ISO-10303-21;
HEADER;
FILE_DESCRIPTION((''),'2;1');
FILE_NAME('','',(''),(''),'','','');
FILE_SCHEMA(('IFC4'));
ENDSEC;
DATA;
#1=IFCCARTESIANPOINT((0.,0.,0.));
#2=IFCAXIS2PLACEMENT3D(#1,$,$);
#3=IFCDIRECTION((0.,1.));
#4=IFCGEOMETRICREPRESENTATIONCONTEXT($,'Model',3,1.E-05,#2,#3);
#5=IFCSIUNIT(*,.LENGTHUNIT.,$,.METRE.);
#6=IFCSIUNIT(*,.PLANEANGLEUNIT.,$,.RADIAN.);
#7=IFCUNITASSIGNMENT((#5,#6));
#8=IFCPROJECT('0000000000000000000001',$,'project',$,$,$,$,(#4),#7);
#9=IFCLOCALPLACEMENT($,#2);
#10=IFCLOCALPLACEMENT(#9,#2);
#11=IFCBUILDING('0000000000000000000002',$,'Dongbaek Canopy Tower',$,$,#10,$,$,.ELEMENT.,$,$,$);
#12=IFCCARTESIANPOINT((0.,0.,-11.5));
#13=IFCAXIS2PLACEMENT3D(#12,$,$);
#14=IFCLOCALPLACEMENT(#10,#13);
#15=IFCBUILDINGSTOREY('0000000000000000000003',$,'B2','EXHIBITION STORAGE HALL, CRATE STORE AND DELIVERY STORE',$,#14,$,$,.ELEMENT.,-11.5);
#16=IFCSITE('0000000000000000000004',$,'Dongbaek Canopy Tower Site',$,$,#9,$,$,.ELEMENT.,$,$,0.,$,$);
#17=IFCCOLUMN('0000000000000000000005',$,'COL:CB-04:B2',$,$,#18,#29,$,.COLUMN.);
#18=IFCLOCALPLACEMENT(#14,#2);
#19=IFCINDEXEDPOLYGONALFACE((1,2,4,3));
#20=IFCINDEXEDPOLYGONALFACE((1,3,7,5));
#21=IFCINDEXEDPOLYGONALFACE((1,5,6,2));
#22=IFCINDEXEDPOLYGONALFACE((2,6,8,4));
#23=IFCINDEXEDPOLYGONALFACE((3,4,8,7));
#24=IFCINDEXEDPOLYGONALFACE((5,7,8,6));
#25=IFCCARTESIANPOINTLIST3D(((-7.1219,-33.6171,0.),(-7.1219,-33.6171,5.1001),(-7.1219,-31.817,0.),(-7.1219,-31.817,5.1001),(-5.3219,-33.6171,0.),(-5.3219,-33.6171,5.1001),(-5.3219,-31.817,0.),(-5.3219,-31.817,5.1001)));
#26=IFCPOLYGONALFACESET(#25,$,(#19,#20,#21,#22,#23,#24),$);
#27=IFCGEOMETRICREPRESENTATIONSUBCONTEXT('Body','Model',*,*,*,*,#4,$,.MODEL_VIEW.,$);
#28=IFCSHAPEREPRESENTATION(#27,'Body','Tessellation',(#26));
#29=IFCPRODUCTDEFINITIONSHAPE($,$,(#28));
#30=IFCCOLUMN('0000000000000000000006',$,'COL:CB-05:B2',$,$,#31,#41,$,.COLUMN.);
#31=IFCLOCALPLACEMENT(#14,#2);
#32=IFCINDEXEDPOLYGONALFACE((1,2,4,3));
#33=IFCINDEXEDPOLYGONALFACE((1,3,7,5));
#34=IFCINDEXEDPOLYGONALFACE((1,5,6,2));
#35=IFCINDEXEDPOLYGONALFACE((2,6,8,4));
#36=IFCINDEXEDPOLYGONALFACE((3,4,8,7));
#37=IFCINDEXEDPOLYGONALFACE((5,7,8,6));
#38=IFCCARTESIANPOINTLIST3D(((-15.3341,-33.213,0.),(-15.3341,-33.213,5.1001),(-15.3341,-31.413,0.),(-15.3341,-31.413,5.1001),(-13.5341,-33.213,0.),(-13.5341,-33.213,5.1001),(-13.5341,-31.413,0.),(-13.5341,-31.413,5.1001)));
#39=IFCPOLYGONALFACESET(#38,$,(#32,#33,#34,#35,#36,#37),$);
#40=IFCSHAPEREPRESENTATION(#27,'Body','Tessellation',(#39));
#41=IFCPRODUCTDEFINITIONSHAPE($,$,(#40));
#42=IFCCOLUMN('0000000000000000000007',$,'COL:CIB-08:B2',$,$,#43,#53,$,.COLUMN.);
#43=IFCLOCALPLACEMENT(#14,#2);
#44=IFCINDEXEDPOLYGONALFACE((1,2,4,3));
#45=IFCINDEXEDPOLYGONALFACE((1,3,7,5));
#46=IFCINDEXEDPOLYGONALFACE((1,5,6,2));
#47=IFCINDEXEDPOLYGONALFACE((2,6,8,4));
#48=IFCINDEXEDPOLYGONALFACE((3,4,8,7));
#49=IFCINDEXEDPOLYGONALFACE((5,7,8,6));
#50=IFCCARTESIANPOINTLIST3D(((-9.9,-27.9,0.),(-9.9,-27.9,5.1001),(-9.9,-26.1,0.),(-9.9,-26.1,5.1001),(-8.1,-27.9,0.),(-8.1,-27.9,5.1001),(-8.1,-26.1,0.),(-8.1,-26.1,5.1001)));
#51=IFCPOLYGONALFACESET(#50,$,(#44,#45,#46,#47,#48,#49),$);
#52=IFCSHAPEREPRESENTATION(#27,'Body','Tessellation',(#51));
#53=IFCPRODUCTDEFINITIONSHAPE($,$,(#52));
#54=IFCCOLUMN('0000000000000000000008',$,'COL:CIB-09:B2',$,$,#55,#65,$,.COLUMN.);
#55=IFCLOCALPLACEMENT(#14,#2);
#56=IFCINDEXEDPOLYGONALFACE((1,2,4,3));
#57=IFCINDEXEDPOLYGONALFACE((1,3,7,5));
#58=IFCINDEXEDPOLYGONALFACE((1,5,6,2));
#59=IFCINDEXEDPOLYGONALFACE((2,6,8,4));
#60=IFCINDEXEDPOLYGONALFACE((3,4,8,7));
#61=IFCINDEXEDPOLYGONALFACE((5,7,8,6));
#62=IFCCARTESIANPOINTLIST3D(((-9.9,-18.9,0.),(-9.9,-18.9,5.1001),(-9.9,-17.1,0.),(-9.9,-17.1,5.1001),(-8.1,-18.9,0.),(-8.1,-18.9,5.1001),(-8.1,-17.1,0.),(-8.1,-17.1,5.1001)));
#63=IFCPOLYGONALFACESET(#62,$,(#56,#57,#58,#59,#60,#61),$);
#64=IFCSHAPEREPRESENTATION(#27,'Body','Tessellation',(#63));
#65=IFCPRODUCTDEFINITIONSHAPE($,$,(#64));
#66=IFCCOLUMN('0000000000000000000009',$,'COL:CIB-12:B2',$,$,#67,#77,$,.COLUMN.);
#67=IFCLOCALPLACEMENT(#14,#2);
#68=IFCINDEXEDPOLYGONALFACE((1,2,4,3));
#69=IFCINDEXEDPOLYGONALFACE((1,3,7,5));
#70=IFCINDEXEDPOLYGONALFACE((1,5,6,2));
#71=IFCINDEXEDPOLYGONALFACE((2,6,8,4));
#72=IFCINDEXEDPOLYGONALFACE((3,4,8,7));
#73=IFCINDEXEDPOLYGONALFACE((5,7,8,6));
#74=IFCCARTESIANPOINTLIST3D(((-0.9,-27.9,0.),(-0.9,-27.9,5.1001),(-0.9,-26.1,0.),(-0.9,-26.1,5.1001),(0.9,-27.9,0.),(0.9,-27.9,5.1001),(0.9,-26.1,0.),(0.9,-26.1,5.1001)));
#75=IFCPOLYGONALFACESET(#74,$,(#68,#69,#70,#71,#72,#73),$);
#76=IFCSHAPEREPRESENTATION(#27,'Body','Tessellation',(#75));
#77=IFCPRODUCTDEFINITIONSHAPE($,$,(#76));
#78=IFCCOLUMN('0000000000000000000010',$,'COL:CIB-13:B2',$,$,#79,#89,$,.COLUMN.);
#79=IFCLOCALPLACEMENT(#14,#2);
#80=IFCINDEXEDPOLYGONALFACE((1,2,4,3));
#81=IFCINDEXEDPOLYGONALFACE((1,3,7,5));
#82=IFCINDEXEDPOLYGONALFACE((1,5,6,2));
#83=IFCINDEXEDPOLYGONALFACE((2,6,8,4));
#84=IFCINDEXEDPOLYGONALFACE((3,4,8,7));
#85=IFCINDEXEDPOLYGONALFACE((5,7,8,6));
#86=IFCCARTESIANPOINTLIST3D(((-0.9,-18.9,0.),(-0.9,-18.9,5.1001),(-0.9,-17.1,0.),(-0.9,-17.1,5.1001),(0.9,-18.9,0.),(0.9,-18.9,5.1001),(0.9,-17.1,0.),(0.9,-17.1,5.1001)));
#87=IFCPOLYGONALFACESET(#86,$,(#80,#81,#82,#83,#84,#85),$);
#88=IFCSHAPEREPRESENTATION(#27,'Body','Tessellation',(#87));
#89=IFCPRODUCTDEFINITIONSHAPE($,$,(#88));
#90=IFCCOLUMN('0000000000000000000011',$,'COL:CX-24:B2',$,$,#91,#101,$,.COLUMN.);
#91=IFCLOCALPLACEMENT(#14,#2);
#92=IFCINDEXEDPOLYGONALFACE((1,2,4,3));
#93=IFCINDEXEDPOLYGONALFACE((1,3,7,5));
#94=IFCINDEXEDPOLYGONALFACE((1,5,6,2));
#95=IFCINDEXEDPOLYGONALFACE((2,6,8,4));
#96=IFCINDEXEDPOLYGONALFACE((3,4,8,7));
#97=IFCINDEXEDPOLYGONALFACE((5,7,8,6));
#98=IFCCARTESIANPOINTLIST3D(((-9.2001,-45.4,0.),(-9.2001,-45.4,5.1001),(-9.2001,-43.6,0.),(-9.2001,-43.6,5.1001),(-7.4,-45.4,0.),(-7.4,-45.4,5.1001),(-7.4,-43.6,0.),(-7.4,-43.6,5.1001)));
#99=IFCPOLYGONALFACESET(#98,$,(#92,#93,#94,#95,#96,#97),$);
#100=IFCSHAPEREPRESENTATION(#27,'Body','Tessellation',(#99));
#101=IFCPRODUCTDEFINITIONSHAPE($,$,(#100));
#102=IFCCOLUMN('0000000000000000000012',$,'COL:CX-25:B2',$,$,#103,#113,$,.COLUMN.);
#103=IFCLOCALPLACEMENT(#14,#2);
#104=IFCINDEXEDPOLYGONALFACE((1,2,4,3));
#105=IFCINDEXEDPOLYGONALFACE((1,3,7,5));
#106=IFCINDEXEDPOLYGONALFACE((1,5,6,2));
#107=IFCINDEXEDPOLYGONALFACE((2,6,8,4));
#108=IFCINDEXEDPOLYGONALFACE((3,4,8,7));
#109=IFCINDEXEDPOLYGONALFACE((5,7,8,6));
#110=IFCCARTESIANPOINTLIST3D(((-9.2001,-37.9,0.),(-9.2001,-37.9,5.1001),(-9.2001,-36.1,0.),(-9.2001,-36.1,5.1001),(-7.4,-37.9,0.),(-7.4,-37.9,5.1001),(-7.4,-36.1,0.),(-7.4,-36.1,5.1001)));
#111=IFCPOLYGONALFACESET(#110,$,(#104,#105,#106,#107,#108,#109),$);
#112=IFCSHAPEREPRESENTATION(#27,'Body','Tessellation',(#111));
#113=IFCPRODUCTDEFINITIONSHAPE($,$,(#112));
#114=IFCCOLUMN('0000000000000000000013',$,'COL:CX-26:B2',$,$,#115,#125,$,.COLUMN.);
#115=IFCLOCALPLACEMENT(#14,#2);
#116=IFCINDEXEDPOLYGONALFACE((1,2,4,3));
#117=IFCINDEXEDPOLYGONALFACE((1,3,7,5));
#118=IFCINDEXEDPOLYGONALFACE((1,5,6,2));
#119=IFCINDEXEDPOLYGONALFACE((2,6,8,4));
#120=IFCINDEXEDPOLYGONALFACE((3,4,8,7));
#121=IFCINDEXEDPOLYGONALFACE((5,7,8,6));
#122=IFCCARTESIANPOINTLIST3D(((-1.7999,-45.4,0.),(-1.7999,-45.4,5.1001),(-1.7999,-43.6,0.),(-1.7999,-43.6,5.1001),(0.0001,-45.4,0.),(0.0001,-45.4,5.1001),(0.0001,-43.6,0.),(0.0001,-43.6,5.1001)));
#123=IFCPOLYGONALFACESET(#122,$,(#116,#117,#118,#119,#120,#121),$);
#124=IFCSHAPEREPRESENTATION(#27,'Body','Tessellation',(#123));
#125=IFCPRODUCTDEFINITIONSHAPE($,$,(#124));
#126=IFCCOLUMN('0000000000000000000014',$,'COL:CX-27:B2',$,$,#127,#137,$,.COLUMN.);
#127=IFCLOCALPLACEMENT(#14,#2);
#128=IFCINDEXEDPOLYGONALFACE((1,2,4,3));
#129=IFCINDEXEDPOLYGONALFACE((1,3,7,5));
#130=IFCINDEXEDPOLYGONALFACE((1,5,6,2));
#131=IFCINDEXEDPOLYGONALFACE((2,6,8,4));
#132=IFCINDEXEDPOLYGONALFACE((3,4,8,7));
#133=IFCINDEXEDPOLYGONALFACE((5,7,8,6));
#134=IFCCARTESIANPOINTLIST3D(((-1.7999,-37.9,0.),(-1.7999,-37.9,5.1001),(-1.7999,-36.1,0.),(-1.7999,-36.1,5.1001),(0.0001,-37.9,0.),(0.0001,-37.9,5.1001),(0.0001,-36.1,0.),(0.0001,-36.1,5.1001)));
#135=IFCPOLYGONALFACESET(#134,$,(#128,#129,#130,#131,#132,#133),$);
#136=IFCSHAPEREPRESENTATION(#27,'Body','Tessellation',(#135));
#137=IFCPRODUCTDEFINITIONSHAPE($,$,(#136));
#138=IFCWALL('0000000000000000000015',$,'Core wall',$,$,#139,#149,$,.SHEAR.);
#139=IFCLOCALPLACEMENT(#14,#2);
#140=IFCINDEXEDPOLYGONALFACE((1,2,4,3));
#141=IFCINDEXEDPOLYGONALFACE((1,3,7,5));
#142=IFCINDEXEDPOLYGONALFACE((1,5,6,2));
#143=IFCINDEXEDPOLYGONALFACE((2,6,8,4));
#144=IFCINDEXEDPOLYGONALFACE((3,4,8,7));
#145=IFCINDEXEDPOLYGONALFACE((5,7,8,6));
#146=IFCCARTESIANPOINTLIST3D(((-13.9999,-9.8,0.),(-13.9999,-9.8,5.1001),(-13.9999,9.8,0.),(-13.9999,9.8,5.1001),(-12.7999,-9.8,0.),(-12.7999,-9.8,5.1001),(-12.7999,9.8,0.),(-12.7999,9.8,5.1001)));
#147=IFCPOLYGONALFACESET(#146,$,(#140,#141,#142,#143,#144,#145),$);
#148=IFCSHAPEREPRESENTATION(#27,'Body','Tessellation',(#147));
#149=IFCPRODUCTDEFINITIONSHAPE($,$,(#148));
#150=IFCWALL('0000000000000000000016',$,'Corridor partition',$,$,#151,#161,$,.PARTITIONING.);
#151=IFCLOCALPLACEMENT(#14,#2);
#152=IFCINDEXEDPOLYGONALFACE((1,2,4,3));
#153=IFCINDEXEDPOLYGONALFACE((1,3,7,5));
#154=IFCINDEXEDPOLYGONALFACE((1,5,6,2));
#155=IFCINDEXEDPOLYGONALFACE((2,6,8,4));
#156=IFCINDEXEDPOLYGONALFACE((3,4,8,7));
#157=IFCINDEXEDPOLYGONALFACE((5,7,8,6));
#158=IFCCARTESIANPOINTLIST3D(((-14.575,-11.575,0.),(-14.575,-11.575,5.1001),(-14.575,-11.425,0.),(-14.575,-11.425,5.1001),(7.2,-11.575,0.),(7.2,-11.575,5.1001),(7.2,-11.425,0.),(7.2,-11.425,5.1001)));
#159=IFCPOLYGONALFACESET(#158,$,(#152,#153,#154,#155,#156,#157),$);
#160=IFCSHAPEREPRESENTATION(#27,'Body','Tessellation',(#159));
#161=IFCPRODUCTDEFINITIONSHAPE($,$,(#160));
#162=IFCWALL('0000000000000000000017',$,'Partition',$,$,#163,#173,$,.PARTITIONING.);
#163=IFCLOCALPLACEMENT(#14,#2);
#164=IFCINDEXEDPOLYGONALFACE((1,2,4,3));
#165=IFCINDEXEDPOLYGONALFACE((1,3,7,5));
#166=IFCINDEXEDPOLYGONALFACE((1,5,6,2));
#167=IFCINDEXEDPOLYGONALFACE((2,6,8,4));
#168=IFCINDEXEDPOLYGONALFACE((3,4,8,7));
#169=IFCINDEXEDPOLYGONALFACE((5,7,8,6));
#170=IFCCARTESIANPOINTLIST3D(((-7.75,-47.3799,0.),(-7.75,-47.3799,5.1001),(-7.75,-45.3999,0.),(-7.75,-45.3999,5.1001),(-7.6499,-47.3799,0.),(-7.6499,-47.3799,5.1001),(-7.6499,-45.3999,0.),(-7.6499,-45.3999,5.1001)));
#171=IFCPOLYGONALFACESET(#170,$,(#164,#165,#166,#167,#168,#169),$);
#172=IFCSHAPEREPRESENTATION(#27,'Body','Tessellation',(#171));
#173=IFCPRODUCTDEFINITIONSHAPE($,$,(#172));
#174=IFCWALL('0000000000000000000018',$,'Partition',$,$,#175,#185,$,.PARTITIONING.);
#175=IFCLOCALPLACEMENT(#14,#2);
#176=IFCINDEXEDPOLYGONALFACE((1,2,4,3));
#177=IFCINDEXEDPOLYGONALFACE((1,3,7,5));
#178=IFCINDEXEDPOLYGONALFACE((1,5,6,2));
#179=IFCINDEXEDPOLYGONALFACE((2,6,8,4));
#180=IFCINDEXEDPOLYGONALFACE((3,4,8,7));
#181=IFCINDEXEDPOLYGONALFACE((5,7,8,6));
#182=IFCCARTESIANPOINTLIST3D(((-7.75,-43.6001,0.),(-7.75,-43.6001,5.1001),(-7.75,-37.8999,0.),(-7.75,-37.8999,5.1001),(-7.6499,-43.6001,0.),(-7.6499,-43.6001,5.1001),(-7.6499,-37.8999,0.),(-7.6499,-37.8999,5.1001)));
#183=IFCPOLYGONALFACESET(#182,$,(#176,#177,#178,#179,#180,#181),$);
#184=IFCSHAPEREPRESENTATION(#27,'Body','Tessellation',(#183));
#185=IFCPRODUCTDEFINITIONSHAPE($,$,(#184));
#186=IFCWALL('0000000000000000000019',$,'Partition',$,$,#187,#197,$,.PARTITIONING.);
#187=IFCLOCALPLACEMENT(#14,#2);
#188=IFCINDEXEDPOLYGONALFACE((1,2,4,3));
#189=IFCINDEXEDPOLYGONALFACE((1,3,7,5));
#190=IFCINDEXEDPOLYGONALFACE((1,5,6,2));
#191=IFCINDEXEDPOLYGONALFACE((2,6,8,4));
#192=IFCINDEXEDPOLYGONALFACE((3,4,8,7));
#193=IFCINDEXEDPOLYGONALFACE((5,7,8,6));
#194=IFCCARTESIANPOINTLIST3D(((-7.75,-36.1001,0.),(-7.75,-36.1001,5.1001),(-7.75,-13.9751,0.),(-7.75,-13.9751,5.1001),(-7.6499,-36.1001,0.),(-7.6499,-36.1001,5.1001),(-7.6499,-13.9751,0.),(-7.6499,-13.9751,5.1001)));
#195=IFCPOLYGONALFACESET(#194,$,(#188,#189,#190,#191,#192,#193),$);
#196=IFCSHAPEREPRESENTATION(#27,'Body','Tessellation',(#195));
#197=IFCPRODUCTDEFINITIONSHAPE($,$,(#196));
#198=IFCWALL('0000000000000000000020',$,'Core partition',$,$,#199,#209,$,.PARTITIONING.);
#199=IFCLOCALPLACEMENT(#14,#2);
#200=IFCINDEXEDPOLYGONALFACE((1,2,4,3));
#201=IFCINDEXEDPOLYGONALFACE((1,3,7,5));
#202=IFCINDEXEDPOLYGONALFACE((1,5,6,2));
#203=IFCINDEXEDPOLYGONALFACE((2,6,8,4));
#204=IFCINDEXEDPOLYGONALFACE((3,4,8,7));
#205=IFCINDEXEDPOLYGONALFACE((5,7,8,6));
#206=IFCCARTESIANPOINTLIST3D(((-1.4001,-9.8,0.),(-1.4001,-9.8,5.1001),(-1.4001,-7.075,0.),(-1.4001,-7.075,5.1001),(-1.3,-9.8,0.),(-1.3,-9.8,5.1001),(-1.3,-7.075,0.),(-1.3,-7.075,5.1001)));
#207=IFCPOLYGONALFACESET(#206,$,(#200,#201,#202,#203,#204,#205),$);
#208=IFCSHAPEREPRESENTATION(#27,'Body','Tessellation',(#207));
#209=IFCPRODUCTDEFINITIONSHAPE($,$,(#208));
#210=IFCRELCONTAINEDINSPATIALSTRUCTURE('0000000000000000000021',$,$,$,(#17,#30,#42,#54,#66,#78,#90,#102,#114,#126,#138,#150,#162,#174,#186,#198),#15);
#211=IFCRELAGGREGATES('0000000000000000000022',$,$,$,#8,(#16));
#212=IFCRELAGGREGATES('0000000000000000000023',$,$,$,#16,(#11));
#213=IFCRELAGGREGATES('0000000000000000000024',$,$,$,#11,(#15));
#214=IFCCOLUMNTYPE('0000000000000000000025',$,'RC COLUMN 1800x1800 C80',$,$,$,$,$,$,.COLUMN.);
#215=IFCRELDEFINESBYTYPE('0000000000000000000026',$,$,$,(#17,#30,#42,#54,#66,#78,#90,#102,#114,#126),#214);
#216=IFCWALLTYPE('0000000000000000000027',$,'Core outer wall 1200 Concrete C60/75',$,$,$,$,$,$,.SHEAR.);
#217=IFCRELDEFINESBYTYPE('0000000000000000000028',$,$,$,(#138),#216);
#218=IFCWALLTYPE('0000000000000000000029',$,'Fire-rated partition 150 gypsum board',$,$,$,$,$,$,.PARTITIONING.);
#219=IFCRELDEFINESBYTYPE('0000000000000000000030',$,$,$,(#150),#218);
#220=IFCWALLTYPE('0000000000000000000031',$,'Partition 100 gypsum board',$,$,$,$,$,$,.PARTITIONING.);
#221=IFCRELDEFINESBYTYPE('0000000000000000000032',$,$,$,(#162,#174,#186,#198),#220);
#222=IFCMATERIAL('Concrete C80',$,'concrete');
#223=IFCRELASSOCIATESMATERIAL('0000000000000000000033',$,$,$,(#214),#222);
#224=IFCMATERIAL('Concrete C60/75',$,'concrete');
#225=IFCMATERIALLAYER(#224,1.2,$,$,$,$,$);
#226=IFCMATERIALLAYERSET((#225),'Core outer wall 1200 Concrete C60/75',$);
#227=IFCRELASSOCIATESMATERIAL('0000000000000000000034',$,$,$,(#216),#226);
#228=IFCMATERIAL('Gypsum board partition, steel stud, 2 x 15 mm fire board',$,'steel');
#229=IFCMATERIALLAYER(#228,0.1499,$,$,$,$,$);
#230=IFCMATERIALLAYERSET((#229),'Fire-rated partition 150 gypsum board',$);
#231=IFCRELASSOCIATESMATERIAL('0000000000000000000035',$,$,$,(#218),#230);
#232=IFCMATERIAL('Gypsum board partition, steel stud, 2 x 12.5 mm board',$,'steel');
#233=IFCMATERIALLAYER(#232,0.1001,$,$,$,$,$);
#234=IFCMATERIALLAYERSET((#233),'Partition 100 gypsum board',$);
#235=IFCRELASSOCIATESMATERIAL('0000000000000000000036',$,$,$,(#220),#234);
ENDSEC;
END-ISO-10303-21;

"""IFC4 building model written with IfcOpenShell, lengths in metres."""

from ifc_helpers import new_model, si_unit, direction, frame, frame_2d, origin, origin_2d, place, context, subcontext, project, spatial, rectangle, extrude, material, layer, layer_set, material_profile, profile_set, type_object, element, save


model = new_model("IFC4")

# Units and contexts
model_context = context("Model", 3, precision=1e-05, world=origin(), true_north=direction((0.0, 1.0)))
body_context = subcontext(model_context, "Body", "Model", "MODEL_VIEW")
ifc_project = project(units=[si_unit("LENGTHUNIT", "METRE"), si_unit("PLANEANGLEUNIT", "RADIAN")], contexts=[model_context])

# Site, building, storey
site_placement = place(None, origin())
site = spatial("IfcSite", under=ifc_project, at=site_placement, Name="Dongbaek Canopy Tower Site", CompositionType="ELEMENT", RefElevation=0.0)
building_placement = place(site_placement, origin())
building = spatial("IfcBuilding", under=site, at=building_placement, Name="Dongbaek Canopy Tower", CompositionType="ELEMENT")
storey_placement = place(building_placement, frame((0.0, 0.0, -11.5)))
storey = spatial("IfcBuildingStorey", under=building, at=storey_placement, Name="B2", Description="EXHIBITION STORAGE HALL, CRATE STORE AND DELIVERY STORE", CompositionType="ELEMENT", Elevation=-11.5)

# Columns
ifc_material_1 = material(Name="Concrete C80", Category="concrete")
ifc_material_profile = material_profile(ifc_material_1, rectangle(XDim=1.8, YDim=1.8, at=origin_2d()), Name="RC COLUMN 1800x1800 C80")
ifc_profile_set = profile_set([ifc_material_profile], Name="Concrete C80")
column_type = type_object("IfcColumnType", Name="RC COLUMN 1800x1800 C80", PredefinedType="COLUMN", material=ifc_profile_set)
for number, where, z_axis, x_axis, name in (
    (1, (-6.2219, -32.717, 0.0), (0.0, 0.0, 1.0), (1.0, 0.0, 0.0), "COL:CB-04:B2"),
    (2, (-14.4341, -32.313, 0.0), (0.0, 0.0, 1.0), (1.0, 0.0, 0.0), "COL:CB-05:B2"),
    (3, (-9.0, -27.0, 0.0), (0.0, 0.0, 1.0), (1.0, 0.0, 0.0), "COL:CIB-08:B2"),
    (4, (-9.0, -18.0, 0.0), (0.0, 0.0, 1.0), (1.0, 0.0, 0.0), "COL:CIB-09:B2"),
    (5, (0.0, -27.0, 0.0), (0.0, 0.0, 1.0), (1.0, 0.0, 0.0), "COL:CIB-12:B2"),
    (6, (0.0, -18.0, 0.0), (0.0, 0.0, 1.0), (1.0, 0.0, 0.0), "COL:CIB-13:B2"),
    (7, (-8.3, -44.5, 0.0), (0.0, 0.0, 1.0), (1.0, 0.0, 0.0), "COL:CX-24:B2"),
    (8, (-8.3, -37.0, 0.0), (0.0, 0.0, 1.0), (1.0, 0.0, 0.0), "COL:CX-25:B2"),
    (9, (-0.8999, -44.5, 0.0), (0.0, 0.0, 1.0), (1.0, 0.0, 0.0), "COL:CX-26:B2"),
    (10, (-0.8999, -37.0, 0.0), (0.0, 0.0, 1.0), (1.0, 0.0, 0.0), "COL:CX-27:B2"),
):
    element("IfcColumn", number, at=place(storey_placement, frame(where, z_axis=z_axis, x_axis=x_axis)), inside=storey, type_object=column_type, Name=name, PredefinedType="COLUMN", context=body_context, shape_type="SweptSolid", body=[
        extrude(rectangle(XDim=1.8, YDim=1.8, at=origin_2d()), origin(), (0.0, 0.0, 1.0), 5.1001),
    ])

# Walls
ifc_material_2 = material(Name="Concrete C60/75", Category="concrete")
ifc_layer_1 = layer(ifc_material_2, 1.2)
ifc_layer_set_1 = layer_set([ifc_layer_1], Name="Core outer wall 1200 Concrete C60/75")
wall_type_1 = type_object("IfcWallType", Name="Core outer wall 1200 Concrete C60/75", PredefinedType="SHEAR", material=ifc_layer_set_1)
wall_1_placement = place(storey_placement, frame((-13.3999, -9.8, 0.0), z_axis=(0.0, 0.0, 1.0), x_axis=(0.0, 1.0, 0.0)))
element("IfcWall", 11, at=wall_1_placement, inside=storey, type_object=wall_type_1, Name="Core wall", PredefinedType="SHEAR", context=body_context, shape_type="SweptSolid", body=[
    extrude(rectangle(XDim=19.6001, YDim=1.2, at=frame_2d((9.8, 0.0))), origin(), (0.0, 0.0, 1.0), 5.1001),
])
ifc_material_3 = material(Name="Gypsum board partition, steel stud, 2 x 15 mm fire board", Category="steel")
ifc_layer_2 = layer(ifc_material_3, 0.1499)
ifc_layer_set_2 = layer_set([ifc_layer_2], Name="Fire-rated partition 150 gypsum board")
wall_type_2 = type_object("IfcWallType", Name="Fire-rated partition 150 gypsum board", PredefinedType="PARTITIONING", material=ifc_layer_set_2)
wall_2_placement = place(storey_placement, frame((-14.575, -11.5, 0.0), z_axis=(0.0, 0.0, 1.0), x_axis=(1.0, 0.0, 0.0)))
element("IfcWall", 12, at=wall_2_placement, inside=storey, type_object=wall_type_2, Name="Corridor partition", PredefinedType="PARTITIONING", context=body_context, shape_type="SweptSolid", body=[
    extrude(rectangle(XDim=21.7749, YDim=0.1499, at=frame_2d((10.8875, 0.0))), origin(), (0.0, 0.0, 1.0), 5.1001),
])
ifc_material_4 = material(Name="Gypsum board partition, steel stud, 2 x 12.5 mm board", Category="steel")
ifc_layer_3 = layer(ifc_material_4, 0.1001)
ifc_layer_set_3 = layer_set([ifc_layer_3], Name="Partition 100 gypsum board")
wall_type_3 = type_object("IfcWallType", Name="Partition 100 gypsum board", PredefinedType="PARTITIONING", material=ifc_layer_set_3)
wall_3_placement = place(storey_placement, frame((-7.7, -47.3799, 0.0), z_axis=(0.0, 0.0, 1.0), x_axis=(0.0, 1.0, 0.0)))
element("IfcWall", 13, at=wall_3_placement, inside=storey, type_object=wall_type_3, Name="Partition", PredefinedType="PARTITIONING", context=body_context, shape_type="SweptSolid", body=[
    extrude(rectangle(XDim=1.98, YDim=0.1001, at=frame_2d((0.99, 0.0))), origin(), (0.0, 0.0, 1.0), 5.1001),
])
wall_4_placement = place(storey_placement, frame((-7.7, -43.6001, 0.0), z_axis=(0.0, 0.0, 1.0), x_axis=(0.0, 1.0, 0.0)))
element("IfcWall", 14, at=wall_4_placement, inside=storey, type_object=wall_type_3, Name="Partition", PredefinedType="PARTITIONING", context=body_context, shape_type="SweptSolid", body=[
    extrude(rectangle(XDim=5.7002, YDim=0.1001, at=frame_2d((2.8501, 0.0))), origin(), (0.0, 0.0, 1.0), 5.1001),
])
wall_5_placement = place(storey_placement, frame((-7.7, -36.1001, 0.0), z_axis=(0.0, 0.0, 1.0), x_axis=(0.0, 1.0, 0.0)))
element("IfcWall", 15, at=wall_5_placement, inside=storey, type_object=wall_type_3, Name="Partition", PredefinedType="PARTITIONING", context=body_context, shape_type="SweptSolid", body=[
    extrude(rectangle(XDim=22.125, YDim=0.1001, at=frame_2d((11.0625, 0.0))), origin(), (0.0, 0.0, 1.0), 5.1001),
])
wall_6_placement = place(storey_placement, frame((-1.3501, -9.8, 0.0), z_axis=(0.0, 0.0, 1.0), x_axis=(0.0, 1.0, 0.0)))
element("IfcWall", 16, at=wall_6_placement, inside=storey, type_object=wall_type_3, Name="Core partition", PredefinedType="PARTITIONING", context=body_context, shape_type="SweptSolid", body=[
    extrude(rectangle(XDim=2.7251, YDim=0.1001, at=frame_2d((1.3625, 0.0))), origin(), (0.0, 0.0, 1.0), 5.1001),
])

save(model, "model.ifc")
